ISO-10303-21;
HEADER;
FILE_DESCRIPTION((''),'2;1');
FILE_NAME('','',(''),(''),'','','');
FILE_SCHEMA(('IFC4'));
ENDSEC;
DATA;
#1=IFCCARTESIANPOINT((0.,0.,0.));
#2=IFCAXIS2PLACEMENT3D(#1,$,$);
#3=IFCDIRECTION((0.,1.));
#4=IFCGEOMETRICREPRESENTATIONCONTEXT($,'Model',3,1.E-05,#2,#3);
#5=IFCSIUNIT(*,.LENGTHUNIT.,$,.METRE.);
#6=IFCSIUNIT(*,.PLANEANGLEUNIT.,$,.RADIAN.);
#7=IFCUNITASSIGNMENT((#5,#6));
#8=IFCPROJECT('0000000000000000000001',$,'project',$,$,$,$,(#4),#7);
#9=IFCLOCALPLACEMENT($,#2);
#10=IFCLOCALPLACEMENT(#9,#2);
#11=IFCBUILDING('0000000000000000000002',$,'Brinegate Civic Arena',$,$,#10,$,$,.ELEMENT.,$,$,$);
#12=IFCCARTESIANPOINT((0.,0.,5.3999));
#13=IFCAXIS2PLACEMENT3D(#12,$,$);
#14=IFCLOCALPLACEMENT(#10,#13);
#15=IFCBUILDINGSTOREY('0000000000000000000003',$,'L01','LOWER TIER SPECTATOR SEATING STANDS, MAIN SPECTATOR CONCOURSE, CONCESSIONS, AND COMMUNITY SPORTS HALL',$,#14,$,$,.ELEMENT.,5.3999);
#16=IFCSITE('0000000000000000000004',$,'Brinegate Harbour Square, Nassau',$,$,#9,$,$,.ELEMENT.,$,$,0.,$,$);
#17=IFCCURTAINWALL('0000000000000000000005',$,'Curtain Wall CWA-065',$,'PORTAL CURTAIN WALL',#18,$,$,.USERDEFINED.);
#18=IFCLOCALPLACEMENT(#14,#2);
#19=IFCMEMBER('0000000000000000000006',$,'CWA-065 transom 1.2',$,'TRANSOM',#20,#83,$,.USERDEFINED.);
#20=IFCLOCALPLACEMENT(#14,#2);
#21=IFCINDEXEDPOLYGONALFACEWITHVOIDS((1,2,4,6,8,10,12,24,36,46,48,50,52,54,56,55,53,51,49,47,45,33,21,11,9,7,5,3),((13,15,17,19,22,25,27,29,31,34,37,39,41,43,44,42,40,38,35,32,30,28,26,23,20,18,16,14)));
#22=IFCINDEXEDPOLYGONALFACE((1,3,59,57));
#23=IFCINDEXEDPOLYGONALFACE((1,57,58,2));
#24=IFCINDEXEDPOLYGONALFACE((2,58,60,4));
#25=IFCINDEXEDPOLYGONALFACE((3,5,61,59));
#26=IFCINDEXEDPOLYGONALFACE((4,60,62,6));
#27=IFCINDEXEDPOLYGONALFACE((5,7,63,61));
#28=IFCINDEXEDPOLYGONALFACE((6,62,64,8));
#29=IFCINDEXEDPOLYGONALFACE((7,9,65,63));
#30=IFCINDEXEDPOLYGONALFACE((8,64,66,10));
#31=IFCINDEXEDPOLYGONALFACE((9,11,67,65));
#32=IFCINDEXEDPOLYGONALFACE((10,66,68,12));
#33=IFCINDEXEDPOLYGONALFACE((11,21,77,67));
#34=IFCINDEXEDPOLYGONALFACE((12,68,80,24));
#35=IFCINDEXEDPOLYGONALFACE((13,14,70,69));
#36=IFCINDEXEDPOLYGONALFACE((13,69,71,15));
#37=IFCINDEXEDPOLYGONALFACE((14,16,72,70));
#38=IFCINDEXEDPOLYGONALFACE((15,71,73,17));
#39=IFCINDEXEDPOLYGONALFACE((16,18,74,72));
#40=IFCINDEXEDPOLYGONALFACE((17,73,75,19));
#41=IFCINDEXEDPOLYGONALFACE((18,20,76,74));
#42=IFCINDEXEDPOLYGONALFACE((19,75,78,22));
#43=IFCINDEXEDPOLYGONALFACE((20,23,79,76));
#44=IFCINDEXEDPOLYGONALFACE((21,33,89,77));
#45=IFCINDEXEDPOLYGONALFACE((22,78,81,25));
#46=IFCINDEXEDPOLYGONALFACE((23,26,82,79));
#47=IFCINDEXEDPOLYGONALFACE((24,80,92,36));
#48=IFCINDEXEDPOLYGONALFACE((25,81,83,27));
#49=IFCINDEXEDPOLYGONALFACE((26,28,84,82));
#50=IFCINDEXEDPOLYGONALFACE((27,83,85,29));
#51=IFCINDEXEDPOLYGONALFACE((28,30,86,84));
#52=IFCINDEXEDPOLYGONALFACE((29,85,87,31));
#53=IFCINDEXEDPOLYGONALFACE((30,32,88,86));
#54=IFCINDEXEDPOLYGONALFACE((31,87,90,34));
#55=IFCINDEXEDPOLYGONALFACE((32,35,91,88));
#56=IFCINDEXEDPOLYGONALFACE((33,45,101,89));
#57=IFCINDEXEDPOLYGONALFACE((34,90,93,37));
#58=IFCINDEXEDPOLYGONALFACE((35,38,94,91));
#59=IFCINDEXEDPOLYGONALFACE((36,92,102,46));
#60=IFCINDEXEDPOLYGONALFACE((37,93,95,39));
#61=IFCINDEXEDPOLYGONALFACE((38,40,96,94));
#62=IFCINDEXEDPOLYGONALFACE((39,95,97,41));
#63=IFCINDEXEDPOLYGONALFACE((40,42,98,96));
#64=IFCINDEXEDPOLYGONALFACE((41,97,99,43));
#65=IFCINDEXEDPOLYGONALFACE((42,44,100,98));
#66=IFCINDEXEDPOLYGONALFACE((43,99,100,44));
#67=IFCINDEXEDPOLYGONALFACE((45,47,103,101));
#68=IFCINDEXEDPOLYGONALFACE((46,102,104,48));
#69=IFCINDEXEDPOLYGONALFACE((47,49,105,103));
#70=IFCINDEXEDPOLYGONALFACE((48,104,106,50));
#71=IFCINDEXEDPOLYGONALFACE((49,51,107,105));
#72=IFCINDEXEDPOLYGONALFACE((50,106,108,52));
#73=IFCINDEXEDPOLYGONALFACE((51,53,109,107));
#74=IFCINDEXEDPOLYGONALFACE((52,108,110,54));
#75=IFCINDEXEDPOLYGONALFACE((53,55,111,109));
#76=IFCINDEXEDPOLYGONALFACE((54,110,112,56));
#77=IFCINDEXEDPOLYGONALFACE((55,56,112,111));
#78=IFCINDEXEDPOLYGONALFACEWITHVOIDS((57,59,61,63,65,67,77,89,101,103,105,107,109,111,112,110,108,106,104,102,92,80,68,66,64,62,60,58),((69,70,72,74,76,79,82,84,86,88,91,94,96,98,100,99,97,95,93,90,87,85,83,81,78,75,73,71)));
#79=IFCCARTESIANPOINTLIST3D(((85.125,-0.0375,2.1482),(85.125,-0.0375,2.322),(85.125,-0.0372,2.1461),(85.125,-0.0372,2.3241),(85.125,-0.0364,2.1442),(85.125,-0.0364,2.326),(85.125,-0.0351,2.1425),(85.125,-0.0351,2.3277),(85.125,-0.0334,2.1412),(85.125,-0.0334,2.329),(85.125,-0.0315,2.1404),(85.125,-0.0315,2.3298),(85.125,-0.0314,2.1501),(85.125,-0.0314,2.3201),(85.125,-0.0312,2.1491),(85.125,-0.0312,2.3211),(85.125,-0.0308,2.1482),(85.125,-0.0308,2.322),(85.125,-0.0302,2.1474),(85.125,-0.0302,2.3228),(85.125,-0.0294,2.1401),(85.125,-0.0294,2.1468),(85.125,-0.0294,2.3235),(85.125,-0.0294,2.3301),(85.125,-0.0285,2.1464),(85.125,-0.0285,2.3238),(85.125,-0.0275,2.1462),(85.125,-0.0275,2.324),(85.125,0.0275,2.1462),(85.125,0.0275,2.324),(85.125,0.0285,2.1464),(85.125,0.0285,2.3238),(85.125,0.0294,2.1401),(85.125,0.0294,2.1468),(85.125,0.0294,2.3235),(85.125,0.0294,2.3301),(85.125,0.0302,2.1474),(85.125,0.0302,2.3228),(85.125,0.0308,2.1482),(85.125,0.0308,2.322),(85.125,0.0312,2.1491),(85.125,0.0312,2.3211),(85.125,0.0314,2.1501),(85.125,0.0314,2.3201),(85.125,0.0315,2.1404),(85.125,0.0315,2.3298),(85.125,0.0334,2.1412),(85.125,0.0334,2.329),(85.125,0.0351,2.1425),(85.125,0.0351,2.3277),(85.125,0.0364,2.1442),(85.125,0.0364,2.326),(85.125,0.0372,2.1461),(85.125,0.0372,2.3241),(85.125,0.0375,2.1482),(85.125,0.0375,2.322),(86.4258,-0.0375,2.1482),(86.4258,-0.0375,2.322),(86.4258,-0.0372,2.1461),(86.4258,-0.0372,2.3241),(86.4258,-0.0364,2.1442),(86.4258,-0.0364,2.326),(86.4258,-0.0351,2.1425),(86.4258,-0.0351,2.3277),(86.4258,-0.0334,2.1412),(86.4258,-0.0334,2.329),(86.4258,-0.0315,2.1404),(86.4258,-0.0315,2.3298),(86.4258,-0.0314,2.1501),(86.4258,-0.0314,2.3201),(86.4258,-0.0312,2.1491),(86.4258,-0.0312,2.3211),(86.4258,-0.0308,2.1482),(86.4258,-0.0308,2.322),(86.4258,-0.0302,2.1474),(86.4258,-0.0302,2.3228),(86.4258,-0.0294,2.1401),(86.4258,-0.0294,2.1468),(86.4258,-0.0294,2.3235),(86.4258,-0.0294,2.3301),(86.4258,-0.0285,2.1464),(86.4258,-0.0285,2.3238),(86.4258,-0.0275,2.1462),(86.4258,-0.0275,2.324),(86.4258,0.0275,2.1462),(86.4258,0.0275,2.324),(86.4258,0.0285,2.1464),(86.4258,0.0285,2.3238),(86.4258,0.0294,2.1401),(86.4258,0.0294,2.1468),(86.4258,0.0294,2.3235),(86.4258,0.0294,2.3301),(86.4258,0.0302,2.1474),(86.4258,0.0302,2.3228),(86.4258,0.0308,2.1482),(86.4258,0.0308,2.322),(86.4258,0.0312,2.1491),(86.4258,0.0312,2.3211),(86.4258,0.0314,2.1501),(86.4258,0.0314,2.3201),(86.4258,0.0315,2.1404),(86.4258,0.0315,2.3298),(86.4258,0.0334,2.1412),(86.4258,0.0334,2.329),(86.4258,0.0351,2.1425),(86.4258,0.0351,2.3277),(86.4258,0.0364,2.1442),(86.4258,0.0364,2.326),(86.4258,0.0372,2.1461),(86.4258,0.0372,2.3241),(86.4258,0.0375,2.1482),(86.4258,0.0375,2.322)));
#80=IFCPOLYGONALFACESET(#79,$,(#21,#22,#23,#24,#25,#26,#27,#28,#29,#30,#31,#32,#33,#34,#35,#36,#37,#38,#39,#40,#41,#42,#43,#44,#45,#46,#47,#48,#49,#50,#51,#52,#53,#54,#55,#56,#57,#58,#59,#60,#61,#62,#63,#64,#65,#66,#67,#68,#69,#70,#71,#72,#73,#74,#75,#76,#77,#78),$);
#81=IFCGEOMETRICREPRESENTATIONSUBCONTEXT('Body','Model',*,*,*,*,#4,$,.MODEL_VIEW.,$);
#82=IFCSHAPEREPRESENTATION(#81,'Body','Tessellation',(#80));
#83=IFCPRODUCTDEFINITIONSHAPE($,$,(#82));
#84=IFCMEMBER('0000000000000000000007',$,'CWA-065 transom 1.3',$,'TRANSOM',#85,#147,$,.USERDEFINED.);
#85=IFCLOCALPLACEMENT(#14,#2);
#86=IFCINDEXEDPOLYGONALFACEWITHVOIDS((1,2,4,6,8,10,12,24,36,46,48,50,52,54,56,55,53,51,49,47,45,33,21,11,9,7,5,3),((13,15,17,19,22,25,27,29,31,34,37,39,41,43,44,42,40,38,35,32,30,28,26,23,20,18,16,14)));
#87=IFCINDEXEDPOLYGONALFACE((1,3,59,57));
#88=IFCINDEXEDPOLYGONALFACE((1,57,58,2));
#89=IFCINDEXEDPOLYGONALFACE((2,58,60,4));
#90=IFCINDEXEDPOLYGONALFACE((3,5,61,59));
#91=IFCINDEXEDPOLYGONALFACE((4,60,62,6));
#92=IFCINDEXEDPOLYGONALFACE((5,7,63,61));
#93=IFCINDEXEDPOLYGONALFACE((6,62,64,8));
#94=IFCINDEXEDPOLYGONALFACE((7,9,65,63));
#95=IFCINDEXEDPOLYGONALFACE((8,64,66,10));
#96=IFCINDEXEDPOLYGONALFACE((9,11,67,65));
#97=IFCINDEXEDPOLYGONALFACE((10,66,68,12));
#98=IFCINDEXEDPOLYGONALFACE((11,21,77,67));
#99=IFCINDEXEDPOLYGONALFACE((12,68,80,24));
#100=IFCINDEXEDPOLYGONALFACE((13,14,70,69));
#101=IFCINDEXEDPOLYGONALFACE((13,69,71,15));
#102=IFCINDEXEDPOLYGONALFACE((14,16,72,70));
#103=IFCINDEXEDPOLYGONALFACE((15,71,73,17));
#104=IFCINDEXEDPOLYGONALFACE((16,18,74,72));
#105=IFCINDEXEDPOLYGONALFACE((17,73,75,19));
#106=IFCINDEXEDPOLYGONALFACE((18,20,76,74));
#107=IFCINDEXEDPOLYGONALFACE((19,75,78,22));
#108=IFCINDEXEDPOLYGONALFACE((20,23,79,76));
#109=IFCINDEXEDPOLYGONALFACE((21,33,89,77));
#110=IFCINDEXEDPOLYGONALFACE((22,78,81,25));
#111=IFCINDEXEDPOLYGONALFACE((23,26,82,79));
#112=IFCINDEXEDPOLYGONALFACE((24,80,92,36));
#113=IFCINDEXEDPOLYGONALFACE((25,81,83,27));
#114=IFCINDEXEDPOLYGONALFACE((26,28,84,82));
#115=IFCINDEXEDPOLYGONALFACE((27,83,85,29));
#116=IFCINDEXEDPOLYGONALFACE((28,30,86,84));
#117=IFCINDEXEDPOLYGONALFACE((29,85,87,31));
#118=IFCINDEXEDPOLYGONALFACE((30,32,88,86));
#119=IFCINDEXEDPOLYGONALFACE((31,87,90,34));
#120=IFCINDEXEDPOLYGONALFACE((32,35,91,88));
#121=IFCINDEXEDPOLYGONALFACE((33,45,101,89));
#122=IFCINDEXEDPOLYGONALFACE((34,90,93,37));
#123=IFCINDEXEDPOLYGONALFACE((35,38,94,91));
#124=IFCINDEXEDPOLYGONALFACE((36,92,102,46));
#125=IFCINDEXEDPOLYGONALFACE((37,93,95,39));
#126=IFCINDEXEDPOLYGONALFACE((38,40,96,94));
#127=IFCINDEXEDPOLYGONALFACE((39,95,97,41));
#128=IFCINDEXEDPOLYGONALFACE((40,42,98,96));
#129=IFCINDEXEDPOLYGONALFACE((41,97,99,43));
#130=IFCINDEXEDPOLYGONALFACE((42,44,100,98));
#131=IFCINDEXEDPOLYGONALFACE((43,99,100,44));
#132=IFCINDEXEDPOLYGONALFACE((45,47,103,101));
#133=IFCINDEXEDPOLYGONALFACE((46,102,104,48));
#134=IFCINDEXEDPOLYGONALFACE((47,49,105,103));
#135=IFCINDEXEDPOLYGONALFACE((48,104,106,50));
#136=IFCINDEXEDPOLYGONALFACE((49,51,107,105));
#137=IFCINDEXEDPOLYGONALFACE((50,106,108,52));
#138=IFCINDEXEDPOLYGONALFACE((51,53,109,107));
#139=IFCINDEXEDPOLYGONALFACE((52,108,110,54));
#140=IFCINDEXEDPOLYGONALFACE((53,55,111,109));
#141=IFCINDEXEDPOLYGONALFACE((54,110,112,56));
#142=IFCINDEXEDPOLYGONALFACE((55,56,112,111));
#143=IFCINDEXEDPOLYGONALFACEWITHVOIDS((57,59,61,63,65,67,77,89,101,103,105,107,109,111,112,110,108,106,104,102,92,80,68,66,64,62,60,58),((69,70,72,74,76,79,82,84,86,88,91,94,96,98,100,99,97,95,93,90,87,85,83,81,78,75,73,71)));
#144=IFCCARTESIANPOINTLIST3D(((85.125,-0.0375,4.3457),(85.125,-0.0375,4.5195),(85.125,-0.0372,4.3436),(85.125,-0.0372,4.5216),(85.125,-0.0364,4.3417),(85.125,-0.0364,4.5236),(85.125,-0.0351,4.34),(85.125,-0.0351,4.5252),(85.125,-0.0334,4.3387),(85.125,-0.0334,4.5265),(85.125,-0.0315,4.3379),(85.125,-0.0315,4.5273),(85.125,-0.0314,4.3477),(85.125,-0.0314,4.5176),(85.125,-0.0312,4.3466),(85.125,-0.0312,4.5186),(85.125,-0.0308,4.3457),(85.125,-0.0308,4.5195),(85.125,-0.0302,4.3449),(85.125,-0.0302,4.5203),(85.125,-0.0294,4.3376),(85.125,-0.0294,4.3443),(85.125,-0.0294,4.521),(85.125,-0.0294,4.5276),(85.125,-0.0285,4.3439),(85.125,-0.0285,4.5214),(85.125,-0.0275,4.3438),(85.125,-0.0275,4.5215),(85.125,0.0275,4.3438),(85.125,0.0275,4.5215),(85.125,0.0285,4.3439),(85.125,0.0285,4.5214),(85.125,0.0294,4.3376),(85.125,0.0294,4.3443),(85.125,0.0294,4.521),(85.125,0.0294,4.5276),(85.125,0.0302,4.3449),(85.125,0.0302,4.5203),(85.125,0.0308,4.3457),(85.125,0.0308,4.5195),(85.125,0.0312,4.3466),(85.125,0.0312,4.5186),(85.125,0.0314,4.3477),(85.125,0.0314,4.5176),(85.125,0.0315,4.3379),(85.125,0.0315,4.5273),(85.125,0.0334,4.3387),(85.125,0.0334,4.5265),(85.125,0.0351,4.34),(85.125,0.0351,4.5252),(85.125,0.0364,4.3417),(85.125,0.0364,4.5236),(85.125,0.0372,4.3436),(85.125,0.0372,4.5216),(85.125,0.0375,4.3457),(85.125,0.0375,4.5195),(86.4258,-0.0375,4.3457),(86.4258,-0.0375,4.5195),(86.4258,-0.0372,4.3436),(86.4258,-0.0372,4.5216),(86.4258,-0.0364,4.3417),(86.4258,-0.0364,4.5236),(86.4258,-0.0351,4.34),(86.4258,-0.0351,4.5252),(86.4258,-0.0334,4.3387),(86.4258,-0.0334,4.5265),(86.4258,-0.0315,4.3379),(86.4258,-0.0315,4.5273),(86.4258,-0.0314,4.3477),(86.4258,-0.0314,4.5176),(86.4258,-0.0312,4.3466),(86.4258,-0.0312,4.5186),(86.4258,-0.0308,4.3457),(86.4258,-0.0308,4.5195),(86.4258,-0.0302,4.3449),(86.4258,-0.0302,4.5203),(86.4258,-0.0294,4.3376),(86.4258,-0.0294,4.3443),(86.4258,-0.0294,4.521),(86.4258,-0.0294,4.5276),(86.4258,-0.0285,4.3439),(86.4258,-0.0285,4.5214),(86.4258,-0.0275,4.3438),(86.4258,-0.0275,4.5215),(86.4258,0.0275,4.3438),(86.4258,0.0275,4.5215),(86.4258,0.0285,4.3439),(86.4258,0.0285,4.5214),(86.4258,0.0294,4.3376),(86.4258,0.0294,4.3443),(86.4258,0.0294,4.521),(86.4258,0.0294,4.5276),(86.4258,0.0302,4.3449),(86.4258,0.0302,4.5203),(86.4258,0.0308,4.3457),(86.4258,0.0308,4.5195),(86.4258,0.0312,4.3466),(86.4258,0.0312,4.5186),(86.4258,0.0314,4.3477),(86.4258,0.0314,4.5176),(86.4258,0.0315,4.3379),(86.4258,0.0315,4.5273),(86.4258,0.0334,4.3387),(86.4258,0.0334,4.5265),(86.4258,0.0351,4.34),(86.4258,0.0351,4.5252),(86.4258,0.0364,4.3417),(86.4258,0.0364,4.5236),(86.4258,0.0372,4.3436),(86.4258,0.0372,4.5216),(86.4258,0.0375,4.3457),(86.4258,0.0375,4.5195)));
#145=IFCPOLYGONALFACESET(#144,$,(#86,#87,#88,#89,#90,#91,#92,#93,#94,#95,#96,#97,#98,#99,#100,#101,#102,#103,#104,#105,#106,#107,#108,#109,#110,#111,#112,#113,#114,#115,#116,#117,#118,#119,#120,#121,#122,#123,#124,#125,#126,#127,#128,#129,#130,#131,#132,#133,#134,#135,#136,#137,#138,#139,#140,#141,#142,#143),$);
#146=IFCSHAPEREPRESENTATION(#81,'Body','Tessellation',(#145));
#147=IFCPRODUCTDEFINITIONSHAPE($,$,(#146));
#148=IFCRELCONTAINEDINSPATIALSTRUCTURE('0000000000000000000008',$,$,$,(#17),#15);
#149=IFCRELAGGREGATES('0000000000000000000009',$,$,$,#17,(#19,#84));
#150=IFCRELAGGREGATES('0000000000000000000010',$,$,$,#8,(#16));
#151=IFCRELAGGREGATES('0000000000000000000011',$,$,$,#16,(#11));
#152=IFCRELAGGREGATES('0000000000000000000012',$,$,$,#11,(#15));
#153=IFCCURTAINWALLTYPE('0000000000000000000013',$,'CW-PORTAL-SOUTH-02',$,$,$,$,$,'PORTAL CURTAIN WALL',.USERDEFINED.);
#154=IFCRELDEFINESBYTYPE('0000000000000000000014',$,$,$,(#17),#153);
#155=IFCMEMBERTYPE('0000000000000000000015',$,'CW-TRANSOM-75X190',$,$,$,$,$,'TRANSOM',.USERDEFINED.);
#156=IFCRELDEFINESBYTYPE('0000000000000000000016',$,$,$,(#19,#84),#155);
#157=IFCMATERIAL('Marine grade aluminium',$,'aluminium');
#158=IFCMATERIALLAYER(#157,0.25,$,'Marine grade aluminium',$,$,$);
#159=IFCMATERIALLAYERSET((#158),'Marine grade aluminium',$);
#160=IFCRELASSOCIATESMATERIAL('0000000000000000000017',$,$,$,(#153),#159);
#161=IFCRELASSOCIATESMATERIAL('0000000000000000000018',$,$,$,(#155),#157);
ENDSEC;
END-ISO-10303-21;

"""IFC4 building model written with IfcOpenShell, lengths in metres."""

from ifc_helpers import new_model, si_unit, direction, frame, origin, origin_2d, place, context, subcontext, project, spatial, hollow_rectangle, extrude, material, layer, layer_set, material_profile, profile_set, type_object, element, aggregate, save


model = new_model("IFC4")

# Units and contexts
model_context = context("Model", 3, precision=1e-05, world=origin(), true_north=direction((0.0, 1.0)))
body_context = subcontext(model_context, "Body", "Model", "MODEL_VIEW")
ifc_project = project(units=[si_unit("LENGTHUNIT", "METRE"), si_unit("PLANEANGLEUNIT", "RADIAN")], contexts=[model_context])

# Site, building, storey
site_placement = place(None, origin())
site = spatial("IfcSite", under=ifc_project, at=site_placement, Name="Brinegate Harbour Square, Nassau", CompositionType="ELEMENT", RefElevation=0.0)
building_placement = place(site_placement, origin())
building = spatial("IfcBuilding", under=site, at=building_placement, Name="Brinegate Civic Arena", CompositionType="ELEMENT")
storey_placement = place(building_placement, frame((0.0, 0.0, 5.3999)))
storey = spatial("IfcBuildingStorey", under=building, at=storey_placement, Name="L01", Description="LOWER TIER SPECTATOR SEATING STANDS, MAIN SPECTATOR CONCOURSE, CONCESSIONS, AND COMMUNITY SPORTS HALL", CompositionType="ELEMENT", Elevation=5.3999)

# Curtain wall, members
ifc_material_1 = material(Name="Marine grade aluminium", Category="aluminium")
ifc_layer_1 = layer(ifc_material_1, 0.25, Name="Marine grade aluminium")
ifc_layer_set_1 = layer_set([ifc_layer_1], Name="Marine grade aluminium")
curtain_wall_type = type_object("IfcCurtainWallType", Name="CW-PORTAL-SOUTH-02", ElementType="PORTAL CURTAIN WALL", PredefinedType="USERDEFINED", material=ifc_layer_set_1)
curtain_wall_1_placement = place(storey_placement, origin())
curtain_wall_1 = element("IfcCurtainWall", 1, at=curtain_wall_1_placement, inside=storey, type_object=curtain_wall_type, Name="Curtain Wall CWA-065", ObjectType="PORTAL CURTAIN WALL", PredefinedType="USERDEFINED")
ifc_material_profile_1 = material_profile(ifc_material_1, hollow_rectangle(XDim=0.075, YDim=0.1899, WallThickness=0.0061, InnerFilletRadius=0.0039, OuterFilletRadius=0.0081, at=origin_2d()), Name="TRN75X190")
ifc_profile_set_1 = profile_set([ifc_material_profile_1], Name="Marine grade aluminium")
member_type_1 = type_object("IfcMemberType", Name="CW-TRANSOM-75X190", ElementType="TRANSOM", PredefinedType="USERDEFINED", material=ifc_profile_set_1)
member_1_placement = place(storey_placement, frame((85.125, 0.0, 2.2351), z_axis=(1.0, 0.0, 0.0), x_axis=(0.0, 1.0, 0.0)))
member_1 = element("IfcMember", 2, at=member_1_placement, type_object=member_type_1, Name="CWA-065 transom 1.2", ObjectType="TRANSOM", PredefinedType="USERDEFINED", context=body_context, shape_type="SweptSolid", body=[
    extrude(hollow_rectangle(XDim=0.075, YDim=0.1899, WallThickness=0.0061, InnerFilletRadius=0.0039, OuterFilletRadius=0.0081, at=origin_2d()), origin(), (0.0, 0.0, 1.0), 1.3008),
])
member_2_placement = place(storey_placement, frame((85.125, 0.0, 4.4326), z_axis=(1.0, 0.0, 0.0), x_axis=(0.0, 1.0, 0.0)))
member_2 = element("IfcMember", 3, at=member_2_placement, type_object=member_type_1, Name="CWA-065 transom 1.3", ObjectType="TRANSOM", PredefinedType="USERDEFINED", context=body_context, shape_type="SweptSolid", body=[
    extrude(hollow_rectangle(XDim=0.075, YDim=0.1899, WallThickness=0.0061, InnerFilletRadius=0.0039, OuterFilletRadius=0.0081, at=origin_2d()), origin(), (0.0, 0.0, 1.0), 1.3008),
])

aggregate(curtain_wall_1, [member_1, member_2])

save(model, "model.ifc")
